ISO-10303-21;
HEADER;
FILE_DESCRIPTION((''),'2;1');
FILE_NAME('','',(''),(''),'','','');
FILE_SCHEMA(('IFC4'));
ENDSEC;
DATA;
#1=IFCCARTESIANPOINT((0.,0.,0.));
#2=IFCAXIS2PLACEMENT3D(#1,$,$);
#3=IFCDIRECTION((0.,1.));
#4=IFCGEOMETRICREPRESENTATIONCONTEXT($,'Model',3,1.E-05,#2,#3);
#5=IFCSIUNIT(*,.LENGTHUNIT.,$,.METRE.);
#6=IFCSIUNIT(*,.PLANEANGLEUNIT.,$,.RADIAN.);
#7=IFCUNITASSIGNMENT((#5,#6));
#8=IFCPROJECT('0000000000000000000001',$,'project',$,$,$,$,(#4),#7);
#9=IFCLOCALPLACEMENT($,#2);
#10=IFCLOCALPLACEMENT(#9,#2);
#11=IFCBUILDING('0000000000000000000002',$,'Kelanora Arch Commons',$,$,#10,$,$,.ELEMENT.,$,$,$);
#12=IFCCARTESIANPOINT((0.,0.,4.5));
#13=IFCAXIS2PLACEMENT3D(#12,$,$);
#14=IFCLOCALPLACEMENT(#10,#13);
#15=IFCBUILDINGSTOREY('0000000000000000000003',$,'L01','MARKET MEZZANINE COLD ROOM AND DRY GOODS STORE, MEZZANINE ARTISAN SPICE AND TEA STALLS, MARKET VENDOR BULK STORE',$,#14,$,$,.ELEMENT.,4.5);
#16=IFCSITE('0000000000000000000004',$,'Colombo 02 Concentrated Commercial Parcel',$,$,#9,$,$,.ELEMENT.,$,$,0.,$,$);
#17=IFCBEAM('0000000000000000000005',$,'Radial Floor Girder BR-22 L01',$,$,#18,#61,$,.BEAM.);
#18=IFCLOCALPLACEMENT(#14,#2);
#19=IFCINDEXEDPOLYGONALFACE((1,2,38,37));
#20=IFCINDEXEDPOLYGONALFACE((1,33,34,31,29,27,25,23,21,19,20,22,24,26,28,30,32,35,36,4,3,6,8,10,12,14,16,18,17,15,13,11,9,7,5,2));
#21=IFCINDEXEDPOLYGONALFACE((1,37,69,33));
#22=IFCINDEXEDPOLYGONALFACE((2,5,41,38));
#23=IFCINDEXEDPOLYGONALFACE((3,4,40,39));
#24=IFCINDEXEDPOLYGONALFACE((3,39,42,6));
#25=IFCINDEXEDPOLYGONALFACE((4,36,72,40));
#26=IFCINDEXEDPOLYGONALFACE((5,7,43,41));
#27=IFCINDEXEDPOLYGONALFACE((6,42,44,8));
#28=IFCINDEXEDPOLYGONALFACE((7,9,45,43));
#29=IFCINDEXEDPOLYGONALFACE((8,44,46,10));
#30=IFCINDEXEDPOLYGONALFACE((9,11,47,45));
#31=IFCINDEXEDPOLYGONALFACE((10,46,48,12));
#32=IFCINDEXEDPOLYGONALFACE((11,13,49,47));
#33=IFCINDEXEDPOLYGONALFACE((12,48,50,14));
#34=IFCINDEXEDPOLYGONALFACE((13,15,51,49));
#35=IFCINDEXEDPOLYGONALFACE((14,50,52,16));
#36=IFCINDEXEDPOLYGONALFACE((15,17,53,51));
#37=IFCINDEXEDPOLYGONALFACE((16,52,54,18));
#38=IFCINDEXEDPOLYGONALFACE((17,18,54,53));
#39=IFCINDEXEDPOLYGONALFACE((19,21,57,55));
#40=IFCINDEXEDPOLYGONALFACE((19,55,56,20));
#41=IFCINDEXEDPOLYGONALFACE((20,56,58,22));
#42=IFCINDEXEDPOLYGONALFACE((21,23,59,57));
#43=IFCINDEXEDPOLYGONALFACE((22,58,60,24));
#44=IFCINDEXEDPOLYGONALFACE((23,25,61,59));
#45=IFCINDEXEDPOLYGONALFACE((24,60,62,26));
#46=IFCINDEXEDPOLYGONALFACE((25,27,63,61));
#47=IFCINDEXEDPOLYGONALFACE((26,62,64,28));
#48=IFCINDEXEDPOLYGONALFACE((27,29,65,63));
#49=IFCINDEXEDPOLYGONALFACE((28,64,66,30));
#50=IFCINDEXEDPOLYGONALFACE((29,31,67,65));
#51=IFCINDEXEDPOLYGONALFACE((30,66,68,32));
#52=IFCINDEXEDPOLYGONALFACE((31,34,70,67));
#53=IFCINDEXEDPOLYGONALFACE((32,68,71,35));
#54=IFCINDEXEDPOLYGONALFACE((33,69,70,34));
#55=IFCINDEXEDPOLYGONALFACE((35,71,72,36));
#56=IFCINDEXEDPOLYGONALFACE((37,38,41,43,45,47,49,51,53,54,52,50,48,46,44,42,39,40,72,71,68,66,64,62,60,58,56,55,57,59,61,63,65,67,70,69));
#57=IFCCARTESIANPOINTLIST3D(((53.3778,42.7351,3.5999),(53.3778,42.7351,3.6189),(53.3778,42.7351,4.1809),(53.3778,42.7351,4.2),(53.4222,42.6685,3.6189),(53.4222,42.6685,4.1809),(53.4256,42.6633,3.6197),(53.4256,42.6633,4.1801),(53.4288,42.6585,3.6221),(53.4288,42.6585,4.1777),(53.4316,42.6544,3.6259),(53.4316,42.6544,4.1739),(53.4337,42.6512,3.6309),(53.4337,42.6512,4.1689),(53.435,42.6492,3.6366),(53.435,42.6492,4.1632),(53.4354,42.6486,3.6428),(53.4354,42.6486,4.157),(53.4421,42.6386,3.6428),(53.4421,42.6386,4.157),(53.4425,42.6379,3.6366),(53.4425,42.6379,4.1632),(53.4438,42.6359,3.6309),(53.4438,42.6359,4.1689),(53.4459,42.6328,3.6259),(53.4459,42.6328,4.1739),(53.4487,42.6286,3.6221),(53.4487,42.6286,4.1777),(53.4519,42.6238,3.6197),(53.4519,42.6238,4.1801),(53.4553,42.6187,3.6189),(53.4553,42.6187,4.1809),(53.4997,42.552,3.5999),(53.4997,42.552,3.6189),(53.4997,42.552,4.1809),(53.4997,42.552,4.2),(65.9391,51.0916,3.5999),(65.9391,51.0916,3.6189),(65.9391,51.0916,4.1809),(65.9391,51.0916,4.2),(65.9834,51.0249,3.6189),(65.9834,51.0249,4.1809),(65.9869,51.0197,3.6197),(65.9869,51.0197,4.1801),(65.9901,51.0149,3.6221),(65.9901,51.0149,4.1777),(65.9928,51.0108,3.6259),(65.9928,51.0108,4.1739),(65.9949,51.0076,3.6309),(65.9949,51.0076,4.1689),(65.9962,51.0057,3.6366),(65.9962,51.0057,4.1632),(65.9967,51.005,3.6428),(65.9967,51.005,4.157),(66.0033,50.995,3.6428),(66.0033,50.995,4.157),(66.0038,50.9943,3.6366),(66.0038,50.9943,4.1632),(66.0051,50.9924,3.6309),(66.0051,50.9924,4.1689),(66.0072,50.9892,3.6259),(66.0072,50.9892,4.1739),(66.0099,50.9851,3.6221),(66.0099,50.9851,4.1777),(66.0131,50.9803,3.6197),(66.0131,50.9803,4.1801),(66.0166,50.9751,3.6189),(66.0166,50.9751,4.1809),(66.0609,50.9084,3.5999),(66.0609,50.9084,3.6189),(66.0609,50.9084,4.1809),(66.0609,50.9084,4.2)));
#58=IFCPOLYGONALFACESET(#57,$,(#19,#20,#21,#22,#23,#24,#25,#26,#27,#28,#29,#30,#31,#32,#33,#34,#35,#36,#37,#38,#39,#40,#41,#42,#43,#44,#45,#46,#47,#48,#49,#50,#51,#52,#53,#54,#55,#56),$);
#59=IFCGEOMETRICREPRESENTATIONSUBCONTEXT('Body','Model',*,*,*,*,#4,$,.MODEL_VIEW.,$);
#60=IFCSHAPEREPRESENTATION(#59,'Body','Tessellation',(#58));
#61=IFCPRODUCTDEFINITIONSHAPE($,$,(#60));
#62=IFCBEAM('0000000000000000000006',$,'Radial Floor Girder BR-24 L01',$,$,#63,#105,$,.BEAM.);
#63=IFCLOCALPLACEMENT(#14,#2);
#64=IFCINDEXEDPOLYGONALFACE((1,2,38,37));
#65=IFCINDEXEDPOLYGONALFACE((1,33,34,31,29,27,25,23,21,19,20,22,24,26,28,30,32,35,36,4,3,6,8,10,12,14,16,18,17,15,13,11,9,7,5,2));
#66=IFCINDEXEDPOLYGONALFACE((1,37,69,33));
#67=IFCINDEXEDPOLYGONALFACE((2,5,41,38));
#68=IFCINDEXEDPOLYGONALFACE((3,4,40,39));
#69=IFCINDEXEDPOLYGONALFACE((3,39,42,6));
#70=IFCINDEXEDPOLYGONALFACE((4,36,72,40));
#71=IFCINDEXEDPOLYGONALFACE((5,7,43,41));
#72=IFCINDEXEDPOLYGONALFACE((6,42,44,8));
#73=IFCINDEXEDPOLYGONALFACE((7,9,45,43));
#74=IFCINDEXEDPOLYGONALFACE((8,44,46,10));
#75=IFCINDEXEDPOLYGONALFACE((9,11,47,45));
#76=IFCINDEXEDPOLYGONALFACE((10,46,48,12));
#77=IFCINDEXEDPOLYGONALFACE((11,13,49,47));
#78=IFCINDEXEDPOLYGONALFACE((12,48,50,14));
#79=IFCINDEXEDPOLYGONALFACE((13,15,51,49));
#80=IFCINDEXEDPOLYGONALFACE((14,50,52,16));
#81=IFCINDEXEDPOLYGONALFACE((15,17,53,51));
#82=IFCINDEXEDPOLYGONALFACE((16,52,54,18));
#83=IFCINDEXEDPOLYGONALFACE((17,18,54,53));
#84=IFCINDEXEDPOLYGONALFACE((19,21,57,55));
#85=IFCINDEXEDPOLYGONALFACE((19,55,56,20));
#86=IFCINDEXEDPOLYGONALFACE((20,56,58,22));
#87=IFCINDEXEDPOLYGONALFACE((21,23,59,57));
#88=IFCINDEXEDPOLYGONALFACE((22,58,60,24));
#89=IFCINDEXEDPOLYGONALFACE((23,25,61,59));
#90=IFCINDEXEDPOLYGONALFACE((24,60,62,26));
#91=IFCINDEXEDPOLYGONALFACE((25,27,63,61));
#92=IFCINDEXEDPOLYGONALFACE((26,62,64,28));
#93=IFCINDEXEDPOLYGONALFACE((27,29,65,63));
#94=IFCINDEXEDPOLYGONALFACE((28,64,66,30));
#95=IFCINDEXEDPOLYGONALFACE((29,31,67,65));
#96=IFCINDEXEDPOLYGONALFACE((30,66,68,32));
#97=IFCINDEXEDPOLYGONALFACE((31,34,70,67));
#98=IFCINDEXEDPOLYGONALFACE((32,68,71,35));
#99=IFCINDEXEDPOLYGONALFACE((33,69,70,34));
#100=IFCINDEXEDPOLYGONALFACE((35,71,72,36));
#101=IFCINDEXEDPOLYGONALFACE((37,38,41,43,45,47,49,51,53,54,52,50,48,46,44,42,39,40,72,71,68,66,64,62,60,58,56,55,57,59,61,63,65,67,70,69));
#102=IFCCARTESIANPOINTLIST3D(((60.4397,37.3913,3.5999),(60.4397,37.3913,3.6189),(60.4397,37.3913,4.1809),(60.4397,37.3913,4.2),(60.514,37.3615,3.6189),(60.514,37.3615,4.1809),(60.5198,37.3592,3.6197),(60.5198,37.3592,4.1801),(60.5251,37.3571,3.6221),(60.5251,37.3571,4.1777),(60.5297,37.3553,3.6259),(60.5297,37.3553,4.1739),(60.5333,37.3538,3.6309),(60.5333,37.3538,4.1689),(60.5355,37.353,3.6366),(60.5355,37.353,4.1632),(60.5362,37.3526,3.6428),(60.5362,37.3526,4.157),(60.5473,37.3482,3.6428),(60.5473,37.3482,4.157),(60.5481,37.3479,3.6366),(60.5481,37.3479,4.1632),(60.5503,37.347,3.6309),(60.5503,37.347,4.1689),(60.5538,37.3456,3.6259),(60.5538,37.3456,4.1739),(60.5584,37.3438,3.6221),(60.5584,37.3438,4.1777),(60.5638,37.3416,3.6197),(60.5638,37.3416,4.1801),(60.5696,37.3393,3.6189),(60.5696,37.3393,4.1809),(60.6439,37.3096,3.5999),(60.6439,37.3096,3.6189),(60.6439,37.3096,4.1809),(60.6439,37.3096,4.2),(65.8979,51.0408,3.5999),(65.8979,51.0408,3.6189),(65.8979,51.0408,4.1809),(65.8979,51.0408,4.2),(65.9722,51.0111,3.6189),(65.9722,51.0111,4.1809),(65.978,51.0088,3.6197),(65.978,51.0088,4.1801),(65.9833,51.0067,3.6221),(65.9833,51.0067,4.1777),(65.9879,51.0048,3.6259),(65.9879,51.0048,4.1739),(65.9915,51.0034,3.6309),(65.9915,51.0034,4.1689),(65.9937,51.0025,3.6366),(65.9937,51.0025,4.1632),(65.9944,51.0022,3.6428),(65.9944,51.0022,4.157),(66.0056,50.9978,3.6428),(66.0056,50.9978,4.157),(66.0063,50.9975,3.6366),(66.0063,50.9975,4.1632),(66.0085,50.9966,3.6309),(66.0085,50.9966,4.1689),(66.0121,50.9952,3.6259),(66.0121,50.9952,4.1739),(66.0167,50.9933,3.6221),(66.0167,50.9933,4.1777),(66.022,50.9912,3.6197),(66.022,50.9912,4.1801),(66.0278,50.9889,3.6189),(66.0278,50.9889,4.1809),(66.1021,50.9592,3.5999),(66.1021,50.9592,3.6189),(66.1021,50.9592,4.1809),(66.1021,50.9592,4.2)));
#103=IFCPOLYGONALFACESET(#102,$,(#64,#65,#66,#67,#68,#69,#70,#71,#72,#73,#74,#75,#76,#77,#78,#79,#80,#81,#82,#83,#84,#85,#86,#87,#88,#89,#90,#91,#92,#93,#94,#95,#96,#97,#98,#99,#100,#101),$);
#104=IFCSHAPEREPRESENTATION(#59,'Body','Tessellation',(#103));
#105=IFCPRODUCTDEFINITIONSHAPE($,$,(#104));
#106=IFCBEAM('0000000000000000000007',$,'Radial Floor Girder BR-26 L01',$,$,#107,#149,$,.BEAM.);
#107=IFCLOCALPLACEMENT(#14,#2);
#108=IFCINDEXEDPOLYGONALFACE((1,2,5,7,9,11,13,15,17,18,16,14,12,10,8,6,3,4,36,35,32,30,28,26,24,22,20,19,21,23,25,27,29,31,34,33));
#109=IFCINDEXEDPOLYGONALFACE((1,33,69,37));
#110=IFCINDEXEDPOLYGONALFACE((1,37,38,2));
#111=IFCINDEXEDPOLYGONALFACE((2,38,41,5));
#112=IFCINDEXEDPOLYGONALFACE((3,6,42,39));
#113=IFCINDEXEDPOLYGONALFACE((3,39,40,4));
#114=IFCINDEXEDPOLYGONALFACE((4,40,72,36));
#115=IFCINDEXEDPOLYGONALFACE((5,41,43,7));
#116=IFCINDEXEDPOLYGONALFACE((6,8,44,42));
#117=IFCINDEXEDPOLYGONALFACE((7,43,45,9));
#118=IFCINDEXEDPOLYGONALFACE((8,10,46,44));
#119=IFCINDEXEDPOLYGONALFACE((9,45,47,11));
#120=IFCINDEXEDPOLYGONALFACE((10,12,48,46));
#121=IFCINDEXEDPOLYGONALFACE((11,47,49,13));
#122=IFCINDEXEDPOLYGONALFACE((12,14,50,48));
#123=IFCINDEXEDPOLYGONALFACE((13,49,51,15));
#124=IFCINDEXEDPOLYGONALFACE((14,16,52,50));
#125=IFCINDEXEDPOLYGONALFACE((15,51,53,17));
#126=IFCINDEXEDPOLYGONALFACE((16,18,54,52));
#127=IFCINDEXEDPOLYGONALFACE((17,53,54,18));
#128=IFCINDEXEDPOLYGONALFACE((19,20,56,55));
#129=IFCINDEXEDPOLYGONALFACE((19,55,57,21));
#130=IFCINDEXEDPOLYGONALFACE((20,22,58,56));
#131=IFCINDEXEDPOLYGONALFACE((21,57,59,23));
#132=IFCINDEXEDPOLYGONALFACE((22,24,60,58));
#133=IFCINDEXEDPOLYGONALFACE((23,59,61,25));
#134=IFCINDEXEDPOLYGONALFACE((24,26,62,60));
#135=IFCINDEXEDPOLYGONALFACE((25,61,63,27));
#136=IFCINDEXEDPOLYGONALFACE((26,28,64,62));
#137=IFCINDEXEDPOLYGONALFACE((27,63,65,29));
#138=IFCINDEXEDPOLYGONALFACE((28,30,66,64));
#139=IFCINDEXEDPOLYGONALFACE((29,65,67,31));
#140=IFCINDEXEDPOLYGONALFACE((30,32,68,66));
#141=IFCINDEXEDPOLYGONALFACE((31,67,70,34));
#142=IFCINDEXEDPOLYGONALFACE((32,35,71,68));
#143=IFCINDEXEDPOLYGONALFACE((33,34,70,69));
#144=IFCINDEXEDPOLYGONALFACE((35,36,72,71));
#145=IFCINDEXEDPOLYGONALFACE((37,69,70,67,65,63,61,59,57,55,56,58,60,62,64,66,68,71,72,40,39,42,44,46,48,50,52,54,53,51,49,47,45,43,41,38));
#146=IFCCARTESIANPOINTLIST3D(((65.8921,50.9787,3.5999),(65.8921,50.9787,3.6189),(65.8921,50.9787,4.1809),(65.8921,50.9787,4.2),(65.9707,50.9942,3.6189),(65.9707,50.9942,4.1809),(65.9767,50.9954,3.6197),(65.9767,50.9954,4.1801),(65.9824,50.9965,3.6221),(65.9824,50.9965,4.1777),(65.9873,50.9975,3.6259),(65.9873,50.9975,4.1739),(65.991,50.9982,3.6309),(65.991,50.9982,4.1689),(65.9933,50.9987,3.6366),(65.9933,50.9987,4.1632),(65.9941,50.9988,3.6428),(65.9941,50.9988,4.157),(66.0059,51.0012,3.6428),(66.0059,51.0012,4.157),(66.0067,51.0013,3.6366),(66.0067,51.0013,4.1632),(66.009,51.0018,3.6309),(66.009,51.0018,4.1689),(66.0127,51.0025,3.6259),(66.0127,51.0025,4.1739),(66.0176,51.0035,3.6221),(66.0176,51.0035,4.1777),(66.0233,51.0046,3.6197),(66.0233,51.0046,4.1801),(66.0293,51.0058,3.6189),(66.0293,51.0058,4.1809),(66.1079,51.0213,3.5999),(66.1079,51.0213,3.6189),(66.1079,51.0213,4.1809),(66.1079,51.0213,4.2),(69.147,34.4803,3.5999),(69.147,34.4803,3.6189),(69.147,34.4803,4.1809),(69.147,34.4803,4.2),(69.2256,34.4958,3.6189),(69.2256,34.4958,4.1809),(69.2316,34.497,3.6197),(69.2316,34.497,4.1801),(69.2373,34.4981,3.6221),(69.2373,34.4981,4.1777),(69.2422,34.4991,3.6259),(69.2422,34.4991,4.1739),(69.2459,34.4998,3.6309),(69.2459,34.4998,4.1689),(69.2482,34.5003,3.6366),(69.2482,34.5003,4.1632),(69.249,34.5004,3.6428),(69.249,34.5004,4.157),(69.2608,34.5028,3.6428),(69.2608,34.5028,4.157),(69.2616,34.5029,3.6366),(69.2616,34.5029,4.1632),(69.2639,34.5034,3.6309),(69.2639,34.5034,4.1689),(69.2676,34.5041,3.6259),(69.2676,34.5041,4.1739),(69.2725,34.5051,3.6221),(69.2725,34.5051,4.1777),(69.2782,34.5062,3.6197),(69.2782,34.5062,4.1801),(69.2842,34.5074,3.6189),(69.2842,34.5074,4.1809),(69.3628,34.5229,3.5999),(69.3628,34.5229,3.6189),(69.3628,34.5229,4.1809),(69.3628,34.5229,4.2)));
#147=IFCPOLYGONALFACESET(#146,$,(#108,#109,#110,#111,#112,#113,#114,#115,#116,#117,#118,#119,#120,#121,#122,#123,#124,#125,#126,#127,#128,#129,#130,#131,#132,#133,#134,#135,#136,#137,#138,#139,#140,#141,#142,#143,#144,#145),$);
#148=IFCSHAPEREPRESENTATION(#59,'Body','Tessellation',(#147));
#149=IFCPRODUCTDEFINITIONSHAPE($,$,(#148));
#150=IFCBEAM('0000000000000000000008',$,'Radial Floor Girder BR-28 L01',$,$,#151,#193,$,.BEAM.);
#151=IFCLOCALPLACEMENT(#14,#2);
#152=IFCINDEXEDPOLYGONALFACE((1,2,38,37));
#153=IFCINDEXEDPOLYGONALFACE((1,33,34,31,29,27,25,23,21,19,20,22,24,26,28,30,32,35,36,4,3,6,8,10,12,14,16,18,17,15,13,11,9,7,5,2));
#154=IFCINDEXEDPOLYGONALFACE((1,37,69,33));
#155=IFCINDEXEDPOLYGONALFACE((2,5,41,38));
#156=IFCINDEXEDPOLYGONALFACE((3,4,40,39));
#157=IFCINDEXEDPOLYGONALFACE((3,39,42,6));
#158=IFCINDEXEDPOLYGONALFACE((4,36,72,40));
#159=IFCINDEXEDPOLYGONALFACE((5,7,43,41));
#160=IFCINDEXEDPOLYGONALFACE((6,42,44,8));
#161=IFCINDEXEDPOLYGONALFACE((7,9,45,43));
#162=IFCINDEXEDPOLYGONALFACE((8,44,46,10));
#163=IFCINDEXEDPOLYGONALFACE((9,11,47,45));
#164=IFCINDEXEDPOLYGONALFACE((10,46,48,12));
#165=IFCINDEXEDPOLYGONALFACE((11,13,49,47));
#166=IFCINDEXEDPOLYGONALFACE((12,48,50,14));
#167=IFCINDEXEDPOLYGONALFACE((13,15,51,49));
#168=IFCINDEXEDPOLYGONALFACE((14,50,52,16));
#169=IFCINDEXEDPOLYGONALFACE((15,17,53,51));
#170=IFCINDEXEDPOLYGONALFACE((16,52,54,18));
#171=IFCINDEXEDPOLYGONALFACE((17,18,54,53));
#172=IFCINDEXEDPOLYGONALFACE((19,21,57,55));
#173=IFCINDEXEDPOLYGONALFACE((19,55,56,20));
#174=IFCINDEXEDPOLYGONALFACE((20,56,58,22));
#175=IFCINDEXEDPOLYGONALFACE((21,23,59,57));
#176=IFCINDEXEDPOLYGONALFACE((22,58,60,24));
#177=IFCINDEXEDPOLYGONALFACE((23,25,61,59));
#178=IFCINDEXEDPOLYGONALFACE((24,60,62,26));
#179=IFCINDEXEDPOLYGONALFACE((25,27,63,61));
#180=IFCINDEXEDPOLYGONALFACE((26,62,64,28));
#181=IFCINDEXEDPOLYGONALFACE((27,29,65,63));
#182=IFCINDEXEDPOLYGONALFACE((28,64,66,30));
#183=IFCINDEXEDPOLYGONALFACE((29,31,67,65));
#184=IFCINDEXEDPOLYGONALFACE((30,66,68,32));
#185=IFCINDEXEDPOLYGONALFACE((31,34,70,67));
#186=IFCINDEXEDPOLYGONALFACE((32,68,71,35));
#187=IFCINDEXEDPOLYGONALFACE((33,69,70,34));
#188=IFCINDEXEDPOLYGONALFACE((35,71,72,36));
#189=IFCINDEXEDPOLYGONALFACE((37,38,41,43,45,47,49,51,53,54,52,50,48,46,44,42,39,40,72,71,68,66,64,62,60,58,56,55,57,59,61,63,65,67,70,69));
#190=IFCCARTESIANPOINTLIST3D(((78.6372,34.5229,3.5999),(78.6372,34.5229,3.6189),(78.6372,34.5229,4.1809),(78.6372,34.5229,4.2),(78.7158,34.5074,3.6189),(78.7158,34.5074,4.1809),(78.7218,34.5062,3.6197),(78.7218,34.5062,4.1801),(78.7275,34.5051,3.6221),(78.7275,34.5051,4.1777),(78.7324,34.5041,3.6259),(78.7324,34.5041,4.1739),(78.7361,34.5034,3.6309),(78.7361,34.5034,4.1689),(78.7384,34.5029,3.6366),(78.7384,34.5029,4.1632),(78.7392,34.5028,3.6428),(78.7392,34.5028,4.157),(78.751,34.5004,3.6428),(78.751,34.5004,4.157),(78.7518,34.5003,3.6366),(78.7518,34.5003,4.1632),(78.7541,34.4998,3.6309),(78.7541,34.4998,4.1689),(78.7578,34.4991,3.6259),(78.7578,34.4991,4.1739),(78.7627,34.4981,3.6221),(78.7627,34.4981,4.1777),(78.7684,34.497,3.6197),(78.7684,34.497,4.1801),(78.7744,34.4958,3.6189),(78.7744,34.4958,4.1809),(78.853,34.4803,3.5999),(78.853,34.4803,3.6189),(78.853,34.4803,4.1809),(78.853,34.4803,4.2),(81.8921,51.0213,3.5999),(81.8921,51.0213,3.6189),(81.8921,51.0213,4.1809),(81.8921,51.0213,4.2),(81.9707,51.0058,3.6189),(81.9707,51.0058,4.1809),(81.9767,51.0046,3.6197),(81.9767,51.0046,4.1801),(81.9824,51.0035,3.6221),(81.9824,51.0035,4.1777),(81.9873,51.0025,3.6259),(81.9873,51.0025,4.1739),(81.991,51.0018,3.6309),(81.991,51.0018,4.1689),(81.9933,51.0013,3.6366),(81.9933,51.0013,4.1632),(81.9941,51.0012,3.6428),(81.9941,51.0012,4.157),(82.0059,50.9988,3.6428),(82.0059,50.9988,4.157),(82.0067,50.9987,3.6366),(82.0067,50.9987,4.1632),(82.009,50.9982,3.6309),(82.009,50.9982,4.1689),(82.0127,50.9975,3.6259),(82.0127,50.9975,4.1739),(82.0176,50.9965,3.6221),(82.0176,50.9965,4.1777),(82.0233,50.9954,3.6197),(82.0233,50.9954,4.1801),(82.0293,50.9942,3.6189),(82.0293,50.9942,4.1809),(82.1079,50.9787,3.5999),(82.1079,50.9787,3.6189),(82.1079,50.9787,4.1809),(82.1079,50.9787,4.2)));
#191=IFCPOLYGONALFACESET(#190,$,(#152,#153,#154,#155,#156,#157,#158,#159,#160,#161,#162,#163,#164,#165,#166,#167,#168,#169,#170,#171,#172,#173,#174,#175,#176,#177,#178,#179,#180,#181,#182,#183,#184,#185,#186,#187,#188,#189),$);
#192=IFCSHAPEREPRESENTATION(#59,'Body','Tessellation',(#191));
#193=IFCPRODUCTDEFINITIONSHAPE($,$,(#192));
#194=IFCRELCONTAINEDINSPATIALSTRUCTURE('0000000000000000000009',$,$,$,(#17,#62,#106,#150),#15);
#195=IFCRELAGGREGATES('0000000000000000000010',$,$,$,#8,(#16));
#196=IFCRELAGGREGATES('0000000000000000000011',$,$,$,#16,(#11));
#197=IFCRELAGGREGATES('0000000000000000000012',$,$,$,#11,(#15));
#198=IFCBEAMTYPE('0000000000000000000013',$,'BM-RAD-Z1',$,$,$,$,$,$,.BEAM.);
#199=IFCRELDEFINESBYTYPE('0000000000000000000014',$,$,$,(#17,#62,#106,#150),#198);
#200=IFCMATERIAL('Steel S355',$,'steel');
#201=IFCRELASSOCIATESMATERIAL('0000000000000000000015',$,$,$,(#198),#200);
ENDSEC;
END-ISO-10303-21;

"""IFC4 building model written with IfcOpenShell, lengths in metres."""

from ifc_helpers import new_model, si_unit, direction, frame, origin, origin_2d, place, context, subcontext, project, spatial, i_section, extrude, material, material_profile, profile_set, type_object, element, save


model = new_model("IFC4")

# Units and contexts
model_context = context("Model", 3, precision=1e-05, world=origin(), true_north=direction((0.0, 1.0)))
body_context = subcontext(model_context, "Body", "Model", "MODEL_VIEW")
ifc_project = project(units=[si_unit("LENGTHUNIT", "METRE"), si_unit("PLANEANGLEUNIT", "RADIAN")], contexts=[model_context])

# Site, building, storey
site_placement = place(None, origin())
site = spatial("IfcSite", under=ifc_project, at=site_placement, Name="Colombo 02 Concentrated Commercial Parcel", CompositionType="ELEMENT", RefElevation=0.0)
building_placement = place(site_placement, origin())
building = spatial("IfcBuilding", under=site, at=building_placement, Name="Kelanora Arch Commons", CompositionType="ELEMENT")
storey_placement = place(building_placement, frame((0.0, 0.0, 4.5)))
storey = spatial("IfcBuildingStorey", under=building, at=storey_placement, Name="L01", Description="MARKET MEZZANINE COLD ROOM AND DRY GOODS STORE, MEZZANINE ARTISAN SPICE AND TEA STALLS, MARKET VENDOR BULK STORE", CompositionType="ELEMENT", Elevation=4.5)

# Beams
ifc_material_1 = material(Name="Steel S355", Category="steel")
ifc_material_profile_1 = material_profile(ifc_material_1, i_section(OverallWidth=0.22, OverallDepth=0.6001, WebThickness=0.012, FlangeThickness=0.019, FilletRadius=0.0239, at=origin_2d()), Name="IPE600")
ifc_profile_set_1 = profile_set([ifc_material_profile_1], Name="Steel S355")
beam_type_1 = type_object("IfcBeamType", Name="BM-RAD-Z1", PredefinedType="BEAM", material=ifc_profile_set_1)
beam_1_placement = place(storey_placement, frame((66.0, 51.0, 3.8999), z_axis=(-0.832593, -0.553886, 0.0), x_axis=(0.553886, -0.832593, 0.0)))
element("IfcBeam", 1, at=beam_1_placement, inside=storey, type_object=beam_type_1, Name="Radial Floor Girder BR-22 L01", PredefinedType="BEAM", context=body_context, shape_type="SweptSolid", body=[
    extrude(i_section(OverallWidth=0.22, OverallDepth=0.6001, WebThickness=0.012, FlangeThickness=0.019, FilletRadius=0.0239, at=origin_2d()), origin(), (0.0, 0.0, 1.0), 15.0869),
])
beam_2_placement = place(storey_placement, frame((66.0, 51.0, 3.8999), z_axis=(-0.371296, -0.928514, 0.0), x_axis=(0.928514, -0.371296, 0.0)))
element("IfcBeam", 2, at=beam_2_placement, inside=storey, type_object=beam_type_1, Name="Radial Floor Girder BR-24 L01", PredefinedType="BEAM", context=body_context, shape_type="SweptSolid", body=[
    extrude(i_section(OverallWidth=0.22, OverallDepth=0.6001, WebThickness=0.012, FlangeThickness=0.019, FilletRadius=0.0239, at=origin_2d()), origin(), (0.0, 0.0, 1.0), 14.7004),
])
for number, where, z_axis, x_axis, name in (
    (3, (66.0, 51.0, 3.8999), (0.193555, -0.981089, 0.0), (0.981089, 0.193555, 0.0), "Radial Floor Girder BR-26 L01"),
    (4, (82.0, 51.0, 3.8999), (-0.193555, -0.981089, 0.0), (0.981089, -0.193555, 0.0), "Radial Floor Girder BR-28 L01"),
):
    element("IfcBeam", number, at=place(storey_placement, frame(where, z_axis=z_axis, x_axis=x_axis)), inside=storey, type_object=beam_type_1, Name=name, PredefinedType="BEAM", context=body_context, shape_type="SweptSolid", body=[
        extrude(i_section(OverallWidth=0.22, OverallDepth=0.6001, WebThickness=0.012, FlangeThickness=0.019, FilletRadius=0.0239, at=origin_2d()), origin(), (0.0, 0.0, 1.0), 16.8164),
    ])

save(model, "model.ifc")
